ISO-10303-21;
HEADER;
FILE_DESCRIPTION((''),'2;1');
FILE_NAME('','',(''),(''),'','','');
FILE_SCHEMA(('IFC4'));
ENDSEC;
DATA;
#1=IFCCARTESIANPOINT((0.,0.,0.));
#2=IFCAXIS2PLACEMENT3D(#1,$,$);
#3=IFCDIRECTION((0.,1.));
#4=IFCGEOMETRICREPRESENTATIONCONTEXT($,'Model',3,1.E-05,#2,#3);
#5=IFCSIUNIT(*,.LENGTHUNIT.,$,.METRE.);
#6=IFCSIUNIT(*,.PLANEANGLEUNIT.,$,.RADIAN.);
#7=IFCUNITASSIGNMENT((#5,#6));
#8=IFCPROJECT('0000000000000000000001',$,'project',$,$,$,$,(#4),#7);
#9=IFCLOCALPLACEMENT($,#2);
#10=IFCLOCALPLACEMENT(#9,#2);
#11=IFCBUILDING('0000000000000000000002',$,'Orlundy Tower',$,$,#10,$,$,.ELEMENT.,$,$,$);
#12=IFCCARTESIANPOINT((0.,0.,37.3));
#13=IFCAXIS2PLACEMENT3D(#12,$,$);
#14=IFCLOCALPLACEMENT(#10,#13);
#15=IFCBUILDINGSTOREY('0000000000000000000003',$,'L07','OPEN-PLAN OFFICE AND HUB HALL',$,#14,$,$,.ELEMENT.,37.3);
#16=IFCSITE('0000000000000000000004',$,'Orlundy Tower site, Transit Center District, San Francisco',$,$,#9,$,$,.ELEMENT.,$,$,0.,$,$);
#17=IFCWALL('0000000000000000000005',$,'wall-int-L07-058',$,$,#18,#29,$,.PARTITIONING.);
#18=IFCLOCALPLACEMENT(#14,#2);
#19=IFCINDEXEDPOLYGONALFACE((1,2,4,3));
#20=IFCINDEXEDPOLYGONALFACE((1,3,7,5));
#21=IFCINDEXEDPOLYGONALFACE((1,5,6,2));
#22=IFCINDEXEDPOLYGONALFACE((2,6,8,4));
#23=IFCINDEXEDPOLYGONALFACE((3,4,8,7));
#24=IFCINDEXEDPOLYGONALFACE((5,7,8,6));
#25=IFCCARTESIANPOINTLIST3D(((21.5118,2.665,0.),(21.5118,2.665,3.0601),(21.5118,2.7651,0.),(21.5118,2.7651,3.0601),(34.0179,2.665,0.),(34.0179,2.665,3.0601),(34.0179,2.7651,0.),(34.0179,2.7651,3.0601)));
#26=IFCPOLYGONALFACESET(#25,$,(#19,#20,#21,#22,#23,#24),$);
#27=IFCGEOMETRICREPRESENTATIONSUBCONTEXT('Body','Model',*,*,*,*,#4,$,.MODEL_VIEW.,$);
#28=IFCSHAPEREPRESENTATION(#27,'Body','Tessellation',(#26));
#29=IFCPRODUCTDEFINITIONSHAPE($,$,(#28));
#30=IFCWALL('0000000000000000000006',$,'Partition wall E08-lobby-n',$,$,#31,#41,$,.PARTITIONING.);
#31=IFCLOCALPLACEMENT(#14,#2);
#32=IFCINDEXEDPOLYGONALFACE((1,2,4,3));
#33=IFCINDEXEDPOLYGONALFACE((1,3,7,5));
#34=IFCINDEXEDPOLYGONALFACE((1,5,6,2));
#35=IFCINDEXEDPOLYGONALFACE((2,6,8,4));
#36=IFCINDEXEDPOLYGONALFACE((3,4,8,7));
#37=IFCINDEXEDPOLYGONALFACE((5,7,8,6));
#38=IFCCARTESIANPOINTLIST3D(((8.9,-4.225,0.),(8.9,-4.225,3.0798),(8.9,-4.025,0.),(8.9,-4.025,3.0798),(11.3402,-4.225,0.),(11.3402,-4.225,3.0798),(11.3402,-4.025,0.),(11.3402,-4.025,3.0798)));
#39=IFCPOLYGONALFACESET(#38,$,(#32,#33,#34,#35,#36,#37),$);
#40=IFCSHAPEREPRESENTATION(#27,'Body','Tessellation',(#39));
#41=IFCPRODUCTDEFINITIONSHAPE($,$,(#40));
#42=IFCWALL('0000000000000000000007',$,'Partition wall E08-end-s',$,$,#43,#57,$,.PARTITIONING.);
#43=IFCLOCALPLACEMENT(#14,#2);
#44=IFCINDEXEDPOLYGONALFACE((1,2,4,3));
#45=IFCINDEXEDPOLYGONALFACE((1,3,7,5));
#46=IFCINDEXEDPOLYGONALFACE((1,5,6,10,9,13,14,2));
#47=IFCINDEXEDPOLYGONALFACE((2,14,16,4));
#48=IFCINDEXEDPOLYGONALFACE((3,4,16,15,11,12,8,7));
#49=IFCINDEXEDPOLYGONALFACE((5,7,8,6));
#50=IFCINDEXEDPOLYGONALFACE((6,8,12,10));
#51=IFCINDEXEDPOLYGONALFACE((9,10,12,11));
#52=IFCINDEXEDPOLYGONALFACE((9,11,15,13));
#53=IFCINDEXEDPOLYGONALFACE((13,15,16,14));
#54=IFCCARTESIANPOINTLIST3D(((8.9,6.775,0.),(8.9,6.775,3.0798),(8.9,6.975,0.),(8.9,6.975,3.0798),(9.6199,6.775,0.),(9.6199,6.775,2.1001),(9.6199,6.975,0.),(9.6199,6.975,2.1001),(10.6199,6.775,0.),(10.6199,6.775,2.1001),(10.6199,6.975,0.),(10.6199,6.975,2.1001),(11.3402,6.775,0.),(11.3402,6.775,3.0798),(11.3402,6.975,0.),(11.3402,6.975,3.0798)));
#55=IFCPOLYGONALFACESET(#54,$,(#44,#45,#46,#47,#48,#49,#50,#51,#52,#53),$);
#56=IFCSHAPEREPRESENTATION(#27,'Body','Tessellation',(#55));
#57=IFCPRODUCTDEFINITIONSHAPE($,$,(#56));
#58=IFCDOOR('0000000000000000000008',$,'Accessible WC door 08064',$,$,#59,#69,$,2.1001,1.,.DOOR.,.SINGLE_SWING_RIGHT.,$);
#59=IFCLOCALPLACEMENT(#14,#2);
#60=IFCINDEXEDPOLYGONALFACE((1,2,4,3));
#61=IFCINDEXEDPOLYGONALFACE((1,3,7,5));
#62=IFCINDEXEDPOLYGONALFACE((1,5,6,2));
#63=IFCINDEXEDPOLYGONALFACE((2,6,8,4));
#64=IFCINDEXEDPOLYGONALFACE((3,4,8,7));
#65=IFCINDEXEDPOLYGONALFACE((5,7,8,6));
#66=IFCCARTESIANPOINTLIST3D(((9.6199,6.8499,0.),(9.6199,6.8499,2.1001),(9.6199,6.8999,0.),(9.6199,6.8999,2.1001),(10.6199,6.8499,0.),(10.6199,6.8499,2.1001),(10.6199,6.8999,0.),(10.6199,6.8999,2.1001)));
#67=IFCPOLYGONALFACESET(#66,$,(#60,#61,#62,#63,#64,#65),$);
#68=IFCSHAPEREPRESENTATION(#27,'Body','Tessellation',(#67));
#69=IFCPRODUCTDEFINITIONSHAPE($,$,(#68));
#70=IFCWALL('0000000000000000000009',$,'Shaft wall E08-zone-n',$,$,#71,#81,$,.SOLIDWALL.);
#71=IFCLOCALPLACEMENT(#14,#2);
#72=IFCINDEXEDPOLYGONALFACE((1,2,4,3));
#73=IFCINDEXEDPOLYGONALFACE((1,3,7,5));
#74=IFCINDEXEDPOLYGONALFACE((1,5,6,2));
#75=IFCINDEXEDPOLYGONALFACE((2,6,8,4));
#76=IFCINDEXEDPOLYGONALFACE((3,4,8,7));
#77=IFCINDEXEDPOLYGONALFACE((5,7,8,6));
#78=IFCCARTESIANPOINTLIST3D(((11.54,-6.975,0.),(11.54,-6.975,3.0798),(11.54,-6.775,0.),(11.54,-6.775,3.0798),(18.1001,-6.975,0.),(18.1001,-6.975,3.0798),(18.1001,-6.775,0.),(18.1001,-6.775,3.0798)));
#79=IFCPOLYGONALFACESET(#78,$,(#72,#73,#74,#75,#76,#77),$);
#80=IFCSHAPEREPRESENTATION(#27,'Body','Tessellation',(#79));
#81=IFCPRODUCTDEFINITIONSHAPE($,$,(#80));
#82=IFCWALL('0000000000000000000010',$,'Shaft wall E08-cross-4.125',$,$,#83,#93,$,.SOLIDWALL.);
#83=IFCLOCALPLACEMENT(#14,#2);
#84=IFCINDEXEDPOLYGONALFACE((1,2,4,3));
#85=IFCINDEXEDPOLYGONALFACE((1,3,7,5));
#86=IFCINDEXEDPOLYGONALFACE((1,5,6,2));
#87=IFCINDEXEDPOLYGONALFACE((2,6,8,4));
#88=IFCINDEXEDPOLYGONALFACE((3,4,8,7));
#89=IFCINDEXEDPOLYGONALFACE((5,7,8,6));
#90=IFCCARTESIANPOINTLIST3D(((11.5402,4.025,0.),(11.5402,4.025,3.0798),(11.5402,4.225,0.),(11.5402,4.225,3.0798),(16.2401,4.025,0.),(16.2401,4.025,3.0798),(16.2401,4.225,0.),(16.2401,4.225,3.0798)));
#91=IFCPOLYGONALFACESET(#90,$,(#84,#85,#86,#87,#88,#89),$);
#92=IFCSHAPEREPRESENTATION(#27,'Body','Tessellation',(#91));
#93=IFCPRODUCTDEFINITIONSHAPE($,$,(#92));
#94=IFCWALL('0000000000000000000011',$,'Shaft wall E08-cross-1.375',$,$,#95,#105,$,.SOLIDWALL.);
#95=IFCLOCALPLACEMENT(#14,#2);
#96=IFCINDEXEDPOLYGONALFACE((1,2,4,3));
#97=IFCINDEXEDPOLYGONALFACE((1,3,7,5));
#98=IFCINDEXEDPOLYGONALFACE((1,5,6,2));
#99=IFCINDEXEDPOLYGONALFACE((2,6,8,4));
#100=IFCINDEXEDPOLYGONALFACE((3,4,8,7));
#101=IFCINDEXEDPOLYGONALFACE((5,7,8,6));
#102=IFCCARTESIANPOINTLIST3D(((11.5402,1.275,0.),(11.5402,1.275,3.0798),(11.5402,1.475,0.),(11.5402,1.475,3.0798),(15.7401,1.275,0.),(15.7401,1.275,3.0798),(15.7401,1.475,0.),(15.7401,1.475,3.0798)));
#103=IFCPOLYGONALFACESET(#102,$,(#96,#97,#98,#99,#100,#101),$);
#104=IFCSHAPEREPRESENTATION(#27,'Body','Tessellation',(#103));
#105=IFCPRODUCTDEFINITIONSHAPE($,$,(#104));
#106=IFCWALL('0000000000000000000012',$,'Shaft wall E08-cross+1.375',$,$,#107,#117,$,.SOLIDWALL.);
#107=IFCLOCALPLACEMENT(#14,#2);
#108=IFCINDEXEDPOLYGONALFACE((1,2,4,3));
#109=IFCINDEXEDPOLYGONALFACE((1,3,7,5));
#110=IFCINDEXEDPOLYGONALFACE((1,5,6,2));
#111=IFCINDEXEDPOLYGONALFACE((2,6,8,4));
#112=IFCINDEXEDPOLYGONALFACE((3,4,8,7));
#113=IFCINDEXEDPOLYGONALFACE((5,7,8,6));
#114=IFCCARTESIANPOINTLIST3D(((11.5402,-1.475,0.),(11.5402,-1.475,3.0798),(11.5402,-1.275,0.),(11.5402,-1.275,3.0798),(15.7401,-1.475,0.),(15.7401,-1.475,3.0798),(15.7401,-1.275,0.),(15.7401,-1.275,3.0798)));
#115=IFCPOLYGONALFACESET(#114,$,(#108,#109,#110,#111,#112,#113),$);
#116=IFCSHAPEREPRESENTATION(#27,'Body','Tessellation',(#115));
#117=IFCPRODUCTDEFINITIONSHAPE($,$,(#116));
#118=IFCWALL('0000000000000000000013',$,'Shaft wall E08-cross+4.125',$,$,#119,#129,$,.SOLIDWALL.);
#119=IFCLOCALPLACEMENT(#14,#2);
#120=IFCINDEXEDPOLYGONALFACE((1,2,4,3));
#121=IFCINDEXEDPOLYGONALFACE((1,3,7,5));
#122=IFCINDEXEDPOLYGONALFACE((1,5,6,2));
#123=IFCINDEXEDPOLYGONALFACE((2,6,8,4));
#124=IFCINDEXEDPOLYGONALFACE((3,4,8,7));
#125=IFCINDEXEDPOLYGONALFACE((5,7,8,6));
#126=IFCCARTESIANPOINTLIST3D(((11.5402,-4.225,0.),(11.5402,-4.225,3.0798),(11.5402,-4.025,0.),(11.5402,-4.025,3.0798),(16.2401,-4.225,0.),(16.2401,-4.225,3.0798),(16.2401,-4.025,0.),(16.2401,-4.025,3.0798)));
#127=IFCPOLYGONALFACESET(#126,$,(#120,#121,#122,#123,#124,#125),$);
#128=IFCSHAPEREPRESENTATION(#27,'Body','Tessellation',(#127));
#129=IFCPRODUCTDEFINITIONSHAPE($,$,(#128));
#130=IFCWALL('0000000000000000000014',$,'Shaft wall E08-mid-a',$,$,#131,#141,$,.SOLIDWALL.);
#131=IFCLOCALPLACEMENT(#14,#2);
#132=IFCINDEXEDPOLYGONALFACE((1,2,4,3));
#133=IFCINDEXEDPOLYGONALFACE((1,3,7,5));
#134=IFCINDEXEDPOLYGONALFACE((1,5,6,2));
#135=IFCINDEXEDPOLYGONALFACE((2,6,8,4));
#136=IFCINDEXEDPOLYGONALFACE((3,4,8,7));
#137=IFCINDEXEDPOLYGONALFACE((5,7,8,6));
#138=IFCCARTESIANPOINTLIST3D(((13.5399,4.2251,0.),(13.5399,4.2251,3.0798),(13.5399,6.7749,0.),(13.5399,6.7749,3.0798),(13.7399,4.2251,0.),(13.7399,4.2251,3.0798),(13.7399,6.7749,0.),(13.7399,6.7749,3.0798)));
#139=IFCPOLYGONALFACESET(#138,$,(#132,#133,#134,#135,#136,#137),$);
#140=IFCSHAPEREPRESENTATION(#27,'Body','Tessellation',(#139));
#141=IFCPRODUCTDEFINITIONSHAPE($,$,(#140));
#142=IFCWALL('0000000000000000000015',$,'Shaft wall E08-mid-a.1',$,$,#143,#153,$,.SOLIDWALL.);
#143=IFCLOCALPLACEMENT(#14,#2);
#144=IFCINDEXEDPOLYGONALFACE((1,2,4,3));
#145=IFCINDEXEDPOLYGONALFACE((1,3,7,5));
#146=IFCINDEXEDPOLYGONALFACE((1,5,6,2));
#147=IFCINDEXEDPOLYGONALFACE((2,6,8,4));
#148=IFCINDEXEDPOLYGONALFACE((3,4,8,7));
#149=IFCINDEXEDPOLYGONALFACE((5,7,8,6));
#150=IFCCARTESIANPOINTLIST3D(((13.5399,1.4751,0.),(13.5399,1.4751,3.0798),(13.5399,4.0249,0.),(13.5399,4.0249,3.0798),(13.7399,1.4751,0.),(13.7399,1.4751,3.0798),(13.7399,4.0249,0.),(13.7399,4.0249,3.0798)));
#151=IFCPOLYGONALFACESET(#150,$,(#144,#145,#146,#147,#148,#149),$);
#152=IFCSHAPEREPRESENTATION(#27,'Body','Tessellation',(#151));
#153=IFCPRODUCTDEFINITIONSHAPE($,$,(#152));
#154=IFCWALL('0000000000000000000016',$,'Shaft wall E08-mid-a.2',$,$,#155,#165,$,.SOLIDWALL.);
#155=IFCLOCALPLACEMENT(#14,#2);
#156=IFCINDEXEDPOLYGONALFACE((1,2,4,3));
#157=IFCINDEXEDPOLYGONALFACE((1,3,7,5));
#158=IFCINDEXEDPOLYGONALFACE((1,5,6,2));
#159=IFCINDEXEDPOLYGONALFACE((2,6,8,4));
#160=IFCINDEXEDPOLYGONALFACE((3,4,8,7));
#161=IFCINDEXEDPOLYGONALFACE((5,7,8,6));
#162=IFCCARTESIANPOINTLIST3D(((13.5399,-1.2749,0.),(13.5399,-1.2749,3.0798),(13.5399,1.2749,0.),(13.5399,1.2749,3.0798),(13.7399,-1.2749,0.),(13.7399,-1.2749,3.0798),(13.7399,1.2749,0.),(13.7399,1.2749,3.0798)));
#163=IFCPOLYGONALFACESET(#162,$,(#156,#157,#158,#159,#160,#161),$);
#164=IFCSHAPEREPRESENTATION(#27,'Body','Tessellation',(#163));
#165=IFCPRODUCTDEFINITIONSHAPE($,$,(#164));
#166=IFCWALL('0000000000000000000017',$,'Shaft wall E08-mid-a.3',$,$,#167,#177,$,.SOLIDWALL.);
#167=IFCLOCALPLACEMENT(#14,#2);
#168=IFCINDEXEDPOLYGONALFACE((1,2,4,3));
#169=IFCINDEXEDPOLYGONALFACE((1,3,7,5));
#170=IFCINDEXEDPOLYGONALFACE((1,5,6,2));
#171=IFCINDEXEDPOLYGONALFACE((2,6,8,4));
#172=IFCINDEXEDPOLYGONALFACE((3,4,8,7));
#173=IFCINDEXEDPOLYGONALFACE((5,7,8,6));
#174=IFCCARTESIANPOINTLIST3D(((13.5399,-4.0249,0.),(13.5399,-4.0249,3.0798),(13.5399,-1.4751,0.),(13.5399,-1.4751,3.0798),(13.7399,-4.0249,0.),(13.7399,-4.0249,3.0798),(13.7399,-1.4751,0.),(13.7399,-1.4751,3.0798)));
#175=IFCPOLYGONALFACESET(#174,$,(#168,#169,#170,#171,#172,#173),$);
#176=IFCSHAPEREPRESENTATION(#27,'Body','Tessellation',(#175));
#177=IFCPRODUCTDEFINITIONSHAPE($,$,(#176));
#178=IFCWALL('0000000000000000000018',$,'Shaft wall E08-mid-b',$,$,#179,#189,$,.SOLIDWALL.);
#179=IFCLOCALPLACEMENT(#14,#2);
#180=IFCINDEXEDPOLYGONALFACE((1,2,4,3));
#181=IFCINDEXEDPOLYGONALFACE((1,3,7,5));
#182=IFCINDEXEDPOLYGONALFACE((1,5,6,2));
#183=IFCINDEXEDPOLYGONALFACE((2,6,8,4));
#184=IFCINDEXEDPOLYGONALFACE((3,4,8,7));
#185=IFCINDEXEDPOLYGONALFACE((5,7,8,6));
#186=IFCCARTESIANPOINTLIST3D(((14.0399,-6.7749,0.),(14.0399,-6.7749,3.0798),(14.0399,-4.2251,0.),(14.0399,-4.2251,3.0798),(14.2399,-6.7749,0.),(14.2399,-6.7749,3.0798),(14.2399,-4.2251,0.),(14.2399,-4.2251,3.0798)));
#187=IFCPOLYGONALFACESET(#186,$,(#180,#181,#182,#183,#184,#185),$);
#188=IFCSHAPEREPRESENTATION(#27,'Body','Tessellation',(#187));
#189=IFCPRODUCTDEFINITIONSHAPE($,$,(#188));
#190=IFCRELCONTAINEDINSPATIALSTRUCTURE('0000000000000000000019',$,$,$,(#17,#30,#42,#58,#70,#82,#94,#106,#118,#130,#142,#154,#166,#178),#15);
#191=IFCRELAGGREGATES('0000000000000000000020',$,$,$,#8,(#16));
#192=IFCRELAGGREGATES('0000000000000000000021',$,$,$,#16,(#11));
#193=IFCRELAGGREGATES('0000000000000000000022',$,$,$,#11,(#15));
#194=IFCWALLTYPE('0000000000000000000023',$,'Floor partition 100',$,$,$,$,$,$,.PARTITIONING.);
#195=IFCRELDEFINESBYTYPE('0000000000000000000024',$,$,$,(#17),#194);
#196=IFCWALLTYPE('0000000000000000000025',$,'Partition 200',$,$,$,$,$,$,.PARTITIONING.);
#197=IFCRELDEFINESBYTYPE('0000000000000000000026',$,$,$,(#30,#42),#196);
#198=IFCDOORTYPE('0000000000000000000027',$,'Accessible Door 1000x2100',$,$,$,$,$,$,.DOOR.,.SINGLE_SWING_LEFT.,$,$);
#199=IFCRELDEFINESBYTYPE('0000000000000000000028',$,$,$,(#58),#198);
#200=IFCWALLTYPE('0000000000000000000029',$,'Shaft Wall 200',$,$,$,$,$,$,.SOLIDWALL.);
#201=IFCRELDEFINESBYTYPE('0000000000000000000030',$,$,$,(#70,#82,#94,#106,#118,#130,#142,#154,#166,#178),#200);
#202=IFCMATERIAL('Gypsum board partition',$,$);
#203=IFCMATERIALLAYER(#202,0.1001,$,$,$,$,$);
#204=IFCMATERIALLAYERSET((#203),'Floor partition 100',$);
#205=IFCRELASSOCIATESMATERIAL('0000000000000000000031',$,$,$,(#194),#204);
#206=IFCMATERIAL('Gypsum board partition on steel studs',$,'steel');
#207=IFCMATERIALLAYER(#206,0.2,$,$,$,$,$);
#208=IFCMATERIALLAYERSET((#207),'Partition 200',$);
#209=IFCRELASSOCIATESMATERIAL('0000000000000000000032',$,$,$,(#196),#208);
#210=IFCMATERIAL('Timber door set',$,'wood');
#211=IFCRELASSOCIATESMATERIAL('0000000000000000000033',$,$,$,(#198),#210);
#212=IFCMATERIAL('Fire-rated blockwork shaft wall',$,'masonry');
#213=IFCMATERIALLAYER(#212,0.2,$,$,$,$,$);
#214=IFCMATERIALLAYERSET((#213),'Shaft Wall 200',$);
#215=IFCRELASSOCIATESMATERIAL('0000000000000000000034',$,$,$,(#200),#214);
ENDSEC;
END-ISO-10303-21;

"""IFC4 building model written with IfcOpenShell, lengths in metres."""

from ifc_helpers import new_model, si_unit, direction, frame, frame_2d, origin, place, context, subcontext, project, spatial, rectangle, extrude, material, layer, layer_set, type_object, element, fill, save


model = new_model("IFC4")

# Units and contexts
model_context = context("Model", 3, precision=1e-05, world=origin(), true_north=direction((0.0, 1.0)))
body_context = subcontext(model_context, "Body", "Model", "MODEL_VIEW")
ifc_project = project(units=[si_unit("LENGTHUNIT", "METRE"), si_unit("PLANEANGLEUNIT", "RADIAN")], contexts=[model_context])

# Site, building, storey
site_placement = place(None, origin())
site = spatial("IfcSite", under=ifc_project, at=site_placement, Name="Orlundy Tower site, Transit Center District, San Francisco", CompositionType="ELEMENT", RefElevation=0.0)
building_placement = place(site_placement, origin())
building = spatial("IfcBuilding", under=site, at=building_placement, Name="Orlundy Tower", CompositionType="ELEMENT")
storey_placement = place(building_placement, frame((0.0, 0.0, 37.3)))
storey = spatial("IfcBuildingStorey", under=building, at=storey_placement, Name="L07", Description="OPEN-PLAN OFFICE AND HUB HALL", CompositionType="ELEMENT", Elevation=37.3)

# Walls
ifc_material_1 = material(Name="Gypsum board partition")
ifc_layer_1 = layer(ifc_material_1, 0.1001)
ifc_layer_set_1 = layer_set([ifc_layer_1], Name="Floor partition 100")
wall_type_1 = type_object("IfcWallType", Name="Floor partition 100", PredefinedType="PARTITIONING", material=ifc_layer_set_1)
wall_1_placement = place(storey_placement, frame((21.512, 2.7151, 0.0), z_axis=(0.0, 0.0, 1.0), x_axis=(1.0, 0.0, 0.0)))
element("IfcWall", 1, at=wall_1_placement, inside=storey, type_object=wall_type_1, Name="wall-int-L07-058", PredefinedType="PARTITIONING", context=body_context, shape_type="SweptSolid", body=[
    extrude(rectangle(XDim=12.5061, YDim=0.1001, at=frame_2d((6.2529, 0.0))), origin(), (0.0, 0.0, 1.0), 3.0601),
])
ifc_material_2 = material(Name="Gypsum board partition on steel studs", Category="steel")
ifc_layer_2 = layer(ifc_material_2, 0.2)
ifc_layer_set_2 = layer_set([ifc_layer_2], Name="Partition 200")
wall_type_2 = type_object("IfcWallType", Name="Partition 200", PredefinedType="PARTITIONING", material=ifc_layer_set_2)
wall_2_placement = place(storey_placement, frame((8.8999, -4.125, 0.0), z_axis=(0.0, 0.0, 1.0), x_axis=(1.0, 0.0, 0.0)))
element("IfcWall", 2, at=wall_2_placement, inside=storey, type_object=wall_type_2, Name="Partition wall E08-lobby-n", PredefinedType="PARTITIONING", context=body_context, shape_type="SweptSolid", body=[
    extrude(rectangle(XDim=2.4402, YDim=0.2, at=frame_2d((1.2202, 0.0))), origin(), (0.0, 0.0, 1.0), 3.0798),
])

# Wall, opening, door
wall_3_placement = place(storey_placement, frame((8.8999, 6.875, 0.0), z_axis=(0.0, 0.0, 1.0), x_axis=(1.0, 0.0, 0.0)))
wall_3 = element("IfcWall", 3, at=wall_3_placement, inside=storey, type_object=wall_type_2, Name="Partition wall E08-end-s", PredefinedType="PARTITIONING", context=body_context, shape_type="SweptSolid", body=[
    extrude(rectangle(XDim=2.4402, YDim=0.2, at=frame_2d((1.2202, 0.0))), origin(), (0.0, 0.0, 1.0), 3.0798),
])
opening_1_placement = place(wall_3_placement, frame((0.72, 0.0, 0.0)))
opening_1 = element("IfcOpeningElement", 4, at=opening_1_placement, cuts=wall_3, PredefinedType="OPENING", context=body_context, shape_type="SweptSolid", body=[
    extrude(rectangle(XDim=1.0, YDim=2.1001, at=frame_2d((0.5, 1.05))), frame((0.0, 0.1101, 0.0), z_axis=(0.0, -1.0, 0.0), x_axis=(1.0, 0.0, 0.0)), (0.0, 0.0, 1.0), 0.2202),
])
ifc_material_3 = material(Name="Timber door set", Category="wood")
door_type_1 = type_object("IfcDoorType", Name="Accessible Door 1000x2100", OperationType="SINGLE_SWING_LEFT", PredefinedType="DOOR", material=ifc_material_3)
door_1_placement = place(opening_1_placement, origin())
door_1 = element("IfcDoor", 5, at=door_1_placement, inside=storey, type_object=door_type_1, Name="Accessible WC door 08064", OperationType="SINGLE_SWING_RIGHT", OverallHeight=2.1001, OverallWidth=1.0, PredefinedType="DOOR", context=body_context, shape_type="SweptSolid", body=[
    extrude(rectangle(XDim=1.0, YDim=2.1001, at=frame_2d((0.5, 1.05))), frame((0.0, 0.0249, 0.0), z_axis=(0.0, -1.0, 0.0), x_axis=(1.0, 0.0, 0.0)), (0.0, 0.0, 1.0), 0.05),
])
fill(opening_1, door_1)

# Walls
ifc_material_4 = material(Name="Fire-rated blockwork shaft wall", Category="masonry")
ifc_layer_3 = layer(ifc_material_4, 0.2)
ifc_layer_set_3 = layer_set([ifc_layer_3], Name="Shaft Wall 200")
wall_type_3 = type_object("IfcWallType", Name="Shaft Wall 200", PredefinedType="SOLIDWALL", material=ifc_layer_set_3)
wall_4_placement = place(storey_placement, frame((11.54, -6.875, 0.0), z_axis=(0.0, 0.0, 1.0), x_axis=(1.0, 0.0, 0.0)))
element("IfcWall", 6, at=wall_4_placement, inside=storey, type_object=wall_type_3, Name="Shaft wall E08-zone-n", PredefinedType="SOLIDWALL", context=body_context, shape_type="SweptSolid", body=[
    extrude(rectangle(XDim=6.5601, YDim=0.2, at=frame_2d((3.28, 0.0))), origin(), (0.0, 0.0, 1.0), 3.0798),
])
wall_5_placement = place(storey_placement, frame((11.54, 4.125, 0.0), z_axis=(0.0, 0.0, 1.0), x_axis=(1.0, 0.0, 0.0)))
element("IfcWall", 7, at=wall_5_placement, inside=storey, type_object=wall_type_3, Name="Shaft wall E08-cross-4.125", PredefinedType="SOLIDWALL", context=body_context, shape_type="SweptSolid", body=[
    extrude(rectangle(XDim=4.7, YDim=0.2, at=frame_2d((2.3501, 0.0))), origin(), (0.0, 0.0, 1.0), 3.0798),
])
for number, where, z_axis, x_axis, name in (
    (8, (11.54, 1.375, 0.0), (0.0, 0.0, 1.0), (1.0, 0.0, 0.0), "Shaft wall E08-cross-1.375"),
    (9, (11.54, -1.375, 0.0), (0.0, 0.0, 1.0), (1.0, 0.0, 0.0), "Shaft wall E08-cross+1.375"),
):
    element("IfcWall", number, at=place(storey_placement, frame(where, z_axis=z_axis, x_axis=x_axis)), inside=storey, type_object=wall_type_3, Name=name, PredefinedType="SOLIDWALL", context=body_context, shape_type="SweptSolid", body=[
        extrude(rectangle(XDim=4.2, YDim=0.2, at=frame_2d((2.1001, 0.0))), origin(), (0.0, 0.0, 1.0), 3.0798),
    ])
wall_6_placement = place(storey_placement, frame((11.54, -4.125, 0.0), z_axis=(0.0, 0.0, 1.0), x_axis=(1.0, 0.0, 0.0)))
element("IfcWall", 10, at=wall_6_placement, inside=storey, type_object=wall_type_3, Name="Shaft wall E08-cross+4.125", PredefinedType="SOLIDWALL", context=body_context, shape_type="SweptSolid", body=[
    extrude(rectangle(XDim=4.7, YDim=0.2, at=frame_2d((2.3501, 0.0))), origin(), (0.0, 0.0, 1.0), 3.0798),
])
for number, where, z_axis, x_axis, name in (
    (11, (13.6399, 6.7749, 0.0), (0.0, 0.0, 1.0), (0.0, -1.0, 0.0), "Shaft wall E08-mid-a"),
    (12, (13.6399, 4.0249, 0.0), (0.0, 0.0, 1.0), (0.0, -1.0, 0.0), "Shaft wall E08-mid-a.1"),
    (13, (13.6399, 1.2749, 0.0), (0.0, 0.0, 1.0), (0.0, -1.0, 0.0), "Shaft wall E08-mid-a.2"),
    (14, (13.6399, -1.4751, 0.0), (0.0, 0.0, 1.0), (0.0, -1.0, 0.0), "Shaft wall E08-mid-a.3"),
    (15, (14.1399, -4.2251, 0.0), (0.0, 0.0, 1.0), (0.0, -1.0, 0.0), "Shaft wall E08-mid-b"),
):
    element("IfcWall", number, at=place(storey_placement, frame(where, z_axis=z_axis, x_axis=x_axis)), inside=storey, type_object=wall_type_3, Name=name, PredefinedType="SOLIDWALL", context=body_context, shape_type="SweptSolid", body=[
        extrude(rectangle(XDim=2.5498, YDim=0.2, at=frame_2d((1.2749, 0.0))), origin(), (0.0, 0.0, 1.0), 3.0798),
    ])

save(model, "model.ifc")
